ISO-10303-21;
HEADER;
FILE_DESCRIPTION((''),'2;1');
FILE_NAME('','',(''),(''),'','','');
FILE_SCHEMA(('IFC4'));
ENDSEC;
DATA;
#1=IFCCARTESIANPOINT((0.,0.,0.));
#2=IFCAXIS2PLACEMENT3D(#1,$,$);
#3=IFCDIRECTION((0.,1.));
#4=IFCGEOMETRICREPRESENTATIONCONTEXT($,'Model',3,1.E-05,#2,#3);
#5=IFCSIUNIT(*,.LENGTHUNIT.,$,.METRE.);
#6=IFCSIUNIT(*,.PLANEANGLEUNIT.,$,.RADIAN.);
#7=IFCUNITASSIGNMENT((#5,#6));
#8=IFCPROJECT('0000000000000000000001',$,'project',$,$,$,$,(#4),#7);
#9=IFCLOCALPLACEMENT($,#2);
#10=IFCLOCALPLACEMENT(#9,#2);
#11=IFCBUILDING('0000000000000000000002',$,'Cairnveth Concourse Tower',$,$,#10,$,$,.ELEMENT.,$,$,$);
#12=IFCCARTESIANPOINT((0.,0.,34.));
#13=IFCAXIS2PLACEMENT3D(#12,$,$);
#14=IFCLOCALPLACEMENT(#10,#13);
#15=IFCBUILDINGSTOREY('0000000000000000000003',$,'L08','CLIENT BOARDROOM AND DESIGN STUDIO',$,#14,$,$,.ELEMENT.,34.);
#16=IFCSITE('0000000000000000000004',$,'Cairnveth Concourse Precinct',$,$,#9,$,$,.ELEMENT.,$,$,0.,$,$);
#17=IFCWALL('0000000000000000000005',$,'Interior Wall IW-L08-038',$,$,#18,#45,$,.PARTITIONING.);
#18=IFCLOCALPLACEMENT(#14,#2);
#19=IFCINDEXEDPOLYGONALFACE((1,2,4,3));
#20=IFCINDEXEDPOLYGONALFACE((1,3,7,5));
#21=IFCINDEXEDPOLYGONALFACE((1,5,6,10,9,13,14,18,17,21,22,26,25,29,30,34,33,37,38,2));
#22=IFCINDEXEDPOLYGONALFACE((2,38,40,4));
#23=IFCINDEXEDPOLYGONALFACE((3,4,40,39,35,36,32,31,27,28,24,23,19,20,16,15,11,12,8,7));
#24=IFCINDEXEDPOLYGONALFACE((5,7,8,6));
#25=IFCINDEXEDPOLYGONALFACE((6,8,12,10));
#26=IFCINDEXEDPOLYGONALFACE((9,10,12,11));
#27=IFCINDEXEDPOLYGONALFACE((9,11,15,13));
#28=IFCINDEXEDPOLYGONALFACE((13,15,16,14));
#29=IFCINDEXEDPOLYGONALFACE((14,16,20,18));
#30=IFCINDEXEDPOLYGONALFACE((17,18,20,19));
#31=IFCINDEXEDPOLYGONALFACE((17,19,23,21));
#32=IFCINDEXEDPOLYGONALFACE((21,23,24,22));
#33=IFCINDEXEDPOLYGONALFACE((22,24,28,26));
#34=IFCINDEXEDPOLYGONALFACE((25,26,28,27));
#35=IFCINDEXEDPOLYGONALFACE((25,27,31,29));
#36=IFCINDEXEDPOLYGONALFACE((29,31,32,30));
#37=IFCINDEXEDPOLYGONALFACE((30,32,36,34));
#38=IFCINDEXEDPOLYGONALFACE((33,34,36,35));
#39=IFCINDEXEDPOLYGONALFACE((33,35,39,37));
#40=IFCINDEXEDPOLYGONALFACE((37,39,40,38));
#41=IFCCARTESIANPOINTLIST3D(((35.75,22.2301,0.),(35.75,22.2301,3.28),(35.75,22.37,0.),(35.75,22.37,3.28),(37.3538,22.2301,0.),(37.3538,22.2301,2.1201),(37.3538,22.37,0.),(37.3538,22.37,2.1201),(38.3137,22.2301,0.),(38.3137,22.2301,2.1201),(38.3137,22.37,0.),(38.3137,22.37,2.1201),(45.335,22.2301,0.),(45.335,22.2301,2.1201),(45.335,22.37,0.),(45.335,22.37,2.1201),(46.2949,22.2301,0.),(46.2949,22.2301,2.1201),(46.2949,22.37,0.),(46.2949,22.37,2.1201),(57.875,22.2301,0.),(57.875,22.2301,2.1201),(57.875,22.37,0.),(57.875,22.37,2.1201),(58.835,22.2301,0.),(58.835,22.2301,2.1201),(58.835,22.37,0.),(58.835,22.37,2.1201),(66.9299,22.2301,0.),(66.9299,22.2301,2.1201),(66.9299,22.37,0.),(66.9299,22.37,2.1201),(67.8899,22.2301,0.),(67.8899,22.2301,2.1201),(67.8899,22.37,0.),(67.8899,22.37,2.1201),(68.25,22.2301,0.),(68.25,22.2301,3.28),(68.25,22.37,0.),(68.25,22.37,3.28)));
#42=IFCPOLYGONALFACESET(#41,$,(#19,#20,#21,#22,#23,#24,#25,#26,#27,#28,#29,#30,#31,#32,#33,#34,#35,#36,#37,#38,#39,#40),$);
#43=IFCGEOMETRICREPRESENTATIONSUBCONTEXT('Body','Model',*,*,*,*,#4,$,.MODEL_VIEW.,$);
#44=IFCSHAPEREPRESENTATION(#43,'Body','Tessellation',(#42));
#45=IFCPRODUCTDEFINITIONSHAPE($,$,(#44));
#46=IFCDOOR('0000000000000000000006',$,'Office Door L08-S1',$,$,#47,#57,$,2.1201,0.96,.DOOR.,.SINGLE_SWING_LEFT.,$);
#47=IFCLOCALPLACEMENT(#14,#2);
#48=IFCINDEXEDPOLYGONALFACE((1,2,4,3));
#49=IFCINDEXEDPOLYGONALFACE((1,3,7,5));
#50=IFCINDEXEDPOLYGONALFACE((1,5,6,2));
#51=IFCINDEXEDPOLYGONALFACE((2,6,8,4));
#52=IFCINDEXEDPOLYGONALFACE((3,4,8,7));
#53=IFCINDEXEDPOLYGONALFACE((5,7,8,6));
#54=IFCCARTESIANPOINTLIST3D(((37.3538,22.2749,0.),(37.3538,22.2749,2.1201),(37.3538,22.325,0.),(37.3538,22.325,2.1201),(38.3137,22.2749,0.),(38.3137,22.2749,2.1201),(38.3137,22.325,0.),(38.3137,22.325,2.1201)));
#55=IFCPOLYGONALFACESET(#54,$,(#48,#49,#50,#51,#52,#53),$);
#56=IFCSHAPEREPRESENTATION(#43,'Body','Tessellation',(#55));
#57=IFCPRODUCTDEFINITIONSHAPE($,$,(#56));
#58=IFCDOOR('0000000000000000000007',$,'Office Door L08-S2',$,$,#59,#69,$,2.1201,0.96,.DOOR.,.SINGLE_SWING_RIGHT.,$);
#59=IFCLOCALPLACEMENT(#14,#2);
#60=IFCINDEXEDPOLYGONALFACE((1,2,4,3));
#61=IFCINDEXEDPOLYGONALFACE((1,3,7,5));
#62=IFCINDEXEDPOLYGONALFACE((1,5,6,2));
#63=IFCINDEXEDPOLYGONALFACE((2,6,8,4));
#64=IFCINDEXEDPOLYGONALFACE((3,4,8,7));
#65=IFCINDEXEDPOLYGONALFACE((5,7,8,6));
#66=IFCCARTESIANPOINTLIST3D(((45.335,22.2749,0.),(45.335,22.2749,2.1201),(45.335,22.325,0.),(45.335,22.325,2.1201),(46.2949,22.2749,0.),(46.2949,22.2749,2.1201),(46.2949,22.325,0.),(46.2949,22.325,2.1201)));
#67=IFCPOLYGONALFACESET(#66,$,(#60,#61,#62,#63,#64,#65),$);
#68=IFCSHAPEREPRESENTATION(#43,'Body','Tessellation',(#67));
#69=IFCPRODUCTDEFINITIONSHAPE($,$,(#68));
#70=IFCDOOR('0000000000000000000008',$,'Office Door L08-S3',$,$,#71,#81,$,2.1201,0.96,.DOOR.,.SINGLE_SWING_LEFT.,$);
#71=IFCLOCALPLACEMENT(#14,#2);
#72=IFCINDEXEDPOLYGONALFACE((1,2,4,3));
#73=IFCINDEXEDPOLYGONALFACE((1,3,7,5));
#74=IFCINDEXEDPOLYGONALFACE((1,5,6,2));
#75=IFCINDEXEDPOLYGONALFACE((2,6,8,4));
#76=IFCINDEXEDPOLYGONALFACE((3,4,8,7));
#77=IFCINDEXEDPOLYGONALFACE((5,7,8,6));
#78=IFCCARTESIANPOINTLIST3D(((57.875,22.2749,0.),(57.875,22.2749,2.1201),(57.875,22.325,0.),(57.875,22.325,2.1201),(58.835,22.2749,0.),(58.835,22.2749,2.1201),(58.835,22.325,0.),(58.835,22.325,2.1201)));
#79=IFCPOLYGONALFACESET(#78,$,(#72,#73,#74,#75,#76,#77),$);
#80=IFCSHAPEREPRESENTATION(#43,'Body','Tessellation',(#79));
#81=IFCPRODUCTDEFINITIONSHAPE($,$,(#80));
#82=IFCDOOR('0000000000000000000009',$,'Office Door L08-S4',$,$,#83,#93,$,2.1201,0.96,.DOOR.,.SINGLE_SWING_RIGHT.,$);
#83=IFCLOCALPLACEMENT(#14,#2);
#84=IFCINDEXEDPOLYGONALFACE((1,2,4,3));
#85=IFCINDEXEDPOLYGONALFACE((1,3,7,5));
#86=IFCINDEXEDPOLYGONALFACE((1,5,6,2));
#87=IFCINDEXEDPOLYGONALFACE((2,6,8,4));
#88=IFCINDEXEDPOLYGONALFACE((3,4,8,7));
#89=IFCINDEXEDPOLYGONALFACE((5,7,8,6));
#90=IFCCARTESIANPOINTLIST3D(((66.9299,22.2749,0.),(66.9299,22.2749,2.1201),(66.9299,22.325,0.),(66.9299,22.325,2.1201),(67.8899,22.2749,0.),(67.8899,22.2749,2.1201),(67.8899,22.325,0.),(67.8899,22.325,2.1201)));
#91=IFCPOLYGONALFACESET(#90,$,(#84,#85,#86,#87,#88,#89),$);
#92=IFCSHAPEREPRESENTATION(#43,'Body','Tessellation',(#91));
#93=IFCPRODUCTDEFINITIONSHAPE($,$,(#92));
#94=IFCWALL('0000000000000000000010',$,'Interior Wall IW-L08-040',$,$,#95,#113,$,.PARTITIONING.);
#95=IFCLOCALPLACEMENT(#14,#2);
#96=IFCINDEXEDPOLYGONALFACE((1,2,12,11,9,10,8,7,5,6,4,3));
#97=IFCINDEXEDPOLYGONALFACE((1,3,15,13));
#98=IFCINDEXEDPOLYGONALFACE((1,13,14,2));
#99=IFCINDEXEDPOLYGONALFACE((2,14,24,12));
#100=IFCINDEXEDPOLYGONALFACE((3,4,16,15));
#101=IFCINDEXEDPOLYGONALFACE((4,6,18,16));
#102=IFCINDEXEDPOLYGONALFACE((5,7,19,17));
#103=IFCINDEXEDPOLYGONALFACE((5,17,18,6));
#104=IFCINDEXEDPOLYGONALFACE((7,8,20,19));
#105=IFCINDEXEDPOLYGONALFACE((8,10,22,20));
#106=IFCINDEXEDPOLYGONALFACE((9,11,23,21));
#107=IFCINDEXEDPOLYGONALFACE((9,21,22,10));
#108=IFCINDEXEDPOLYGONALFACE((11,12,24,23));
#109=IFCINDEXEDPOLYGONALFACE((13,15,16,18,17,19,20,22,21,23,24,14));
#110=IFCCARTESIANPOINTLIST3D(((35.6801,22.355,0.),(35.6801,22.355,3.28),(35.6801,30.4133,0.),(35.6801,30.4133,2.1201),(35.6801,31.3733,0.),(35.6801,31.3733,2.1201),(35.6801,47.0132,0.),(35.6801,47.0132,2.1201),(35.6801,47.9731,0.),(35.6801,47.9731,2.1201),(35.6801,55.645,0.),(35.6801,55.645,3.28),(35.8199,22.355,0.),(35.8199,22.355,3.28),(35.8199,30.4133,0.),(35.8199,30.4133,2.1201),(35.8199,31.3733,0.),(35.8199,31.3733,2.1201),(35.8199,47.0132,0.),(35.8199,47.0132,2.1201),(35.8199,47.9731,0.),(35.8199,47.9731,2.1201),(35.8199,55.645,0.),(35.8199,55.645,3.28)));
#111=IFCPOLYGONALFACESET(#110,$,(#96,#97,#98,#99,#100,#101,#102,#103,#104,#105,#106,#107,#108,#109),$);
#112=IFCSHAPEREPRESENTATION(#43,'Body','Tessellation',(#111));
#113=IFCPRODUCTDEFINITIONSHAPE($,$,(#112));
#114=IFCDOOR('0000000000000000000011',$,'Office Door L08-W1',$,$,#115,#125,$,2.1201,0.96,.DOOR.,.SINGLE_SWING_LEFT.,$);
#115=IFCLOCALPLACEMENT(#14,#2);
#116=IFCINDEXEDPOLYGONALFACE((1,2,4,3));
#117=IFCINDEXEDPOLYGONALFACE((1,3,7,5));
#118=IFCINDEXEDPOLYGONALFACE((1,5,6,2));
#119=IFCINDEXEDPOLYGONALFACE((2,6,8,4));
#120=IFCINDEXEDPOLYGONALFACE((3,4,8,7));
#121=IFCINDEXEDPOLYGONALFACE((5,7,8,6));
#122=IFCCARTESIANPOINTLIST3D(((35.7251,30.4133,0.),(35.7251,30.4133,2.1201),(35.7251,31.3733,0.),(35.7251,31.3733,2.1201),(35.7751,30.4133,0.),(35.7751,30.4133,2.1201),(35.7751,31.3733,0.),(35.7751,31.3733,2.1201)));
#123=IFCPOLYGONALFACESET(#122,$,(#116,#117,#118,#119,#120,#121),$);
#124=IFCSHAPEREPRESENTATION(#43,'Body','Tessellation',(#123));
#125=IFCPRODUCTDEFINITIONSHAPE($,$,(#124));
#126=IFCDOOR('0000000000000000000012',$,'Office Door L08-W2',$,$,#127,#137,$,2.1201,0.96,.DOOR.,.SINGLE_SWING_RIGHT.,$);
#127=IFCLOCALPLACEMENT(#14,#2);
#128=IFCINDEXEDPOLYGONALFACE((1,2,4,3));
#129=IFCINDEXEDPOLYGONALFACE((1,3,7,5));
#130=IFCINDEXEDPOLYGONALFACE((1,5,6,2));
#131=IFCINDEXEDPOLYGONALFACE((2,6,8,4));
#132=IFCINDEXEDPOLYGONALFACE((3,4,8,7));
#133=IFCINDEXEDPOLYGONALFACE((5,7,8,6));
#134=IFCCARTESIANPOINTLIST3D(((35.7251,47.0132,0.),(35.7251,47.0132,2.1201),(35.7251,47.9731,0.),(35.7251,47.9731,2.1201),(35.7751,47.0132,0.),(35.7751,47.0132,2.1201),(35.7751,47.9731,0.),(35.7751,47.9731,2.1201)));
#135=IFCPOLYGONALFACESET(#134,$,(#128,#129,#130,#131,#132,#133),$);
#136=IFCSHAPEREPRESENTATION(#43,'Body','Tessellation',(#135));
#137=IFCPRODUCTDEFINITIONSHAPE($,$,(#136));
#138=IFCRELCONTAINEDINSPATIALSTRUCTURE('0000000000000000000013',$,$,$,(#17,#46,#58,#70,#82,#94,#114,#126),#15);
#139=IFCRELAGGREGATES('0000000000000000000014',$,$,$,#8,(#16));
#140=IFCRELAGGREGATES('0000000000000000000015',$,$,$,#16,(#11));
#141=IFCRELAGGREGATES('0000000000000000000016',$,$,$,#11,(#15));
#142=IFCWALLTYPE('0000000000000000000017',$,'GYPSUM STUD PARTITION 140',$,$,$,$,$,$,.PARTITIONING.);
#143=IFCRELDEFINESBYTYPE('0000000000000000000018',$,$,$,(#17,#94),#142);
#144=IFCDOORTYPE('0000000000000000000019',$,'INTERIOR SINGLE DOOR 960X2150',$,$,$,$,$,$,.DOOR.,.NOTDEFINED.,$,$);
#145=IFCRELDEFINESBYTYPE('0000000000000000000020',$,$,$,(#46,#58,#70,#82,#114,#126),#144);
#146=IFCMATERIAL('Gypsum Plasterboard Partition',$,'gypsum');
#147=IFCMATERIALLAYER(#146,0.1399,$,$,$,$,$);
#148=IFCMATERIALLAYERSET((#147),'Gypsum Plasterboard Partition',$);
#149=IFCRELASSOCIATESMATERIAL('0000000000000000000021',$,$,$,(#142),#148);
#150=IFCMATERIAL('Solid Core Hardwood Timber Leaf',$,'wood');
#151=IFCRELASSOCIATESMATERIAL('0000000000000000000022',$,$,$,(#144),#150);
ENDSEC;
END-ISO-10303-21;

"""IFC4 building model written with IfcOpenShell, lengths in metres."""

from ifc_helpers import new_model, si_unit, direction, frame, frame_2d, origin, place, context, subcontext, project, spatial, rectangle, extrude, material, layer, layer_set, type_object, element, fill, save


model = new_model("IFC4")

# Units and contexts
model_context = context("Model", 3, precision=1e-05, world=origin(), true_north=direction((0.0, 1.0)))
body_context = subcontext(model_context, "Body", "Model", "MODEL_VIEW")
ifc_project = project(units=[si_unit("LENGTHUNIT", "METRE"), si_unit("PLANEANGLEUNIT", "RADIAN")], contexts=[model_context])

# Site, building, storey
site_placement = place(None, origin())
site = spatial("IfcSite", under=ifc_project, at=site_placement, Name="Cairnveth Concourse Precinct", CompositionType="ELEMENT", RefElevation=0.0)
building_placement = place(site_placement, origin())
building = spatial("IfcBuilding", under=site, at=building_placement, Name="Cairnveth Concourse Tower", CompositionType="ELEMENT")
storey_placement = place(building_placement, frame((0.0, 0.0, 34.0)))
storey = spatial("IfcBuildingStorey", under=building, at=storey_placement, Name="L08", Description="CLIENT BOARDROOM AND DESIGN STUDIO", CompositionType="ELEMENT", Elevation=34.0)

# Walls, openings, doors
ifc_material_1 = material(Name="Gypsum Plasterboard Partition", Category="gypsum")
ifc_layer_1 = layer(ifc_material_1, 0.1399)
ifc_layer_set_1 = layer_set([ifc_layer_1], Name="Gypsum Plasterboard Partition")
wall_type = type_object("IfcWallType", Name="GYPSUM STUD PARTITION 140", PredefinedType="PARTITIONING", material=ifc_layer_set_1)
wall_1_placement = place(storey_placement, frame((35.75, 22.3, 0.0), z_axis=(0.0, 0.0, 1.0), x_axis=(1.0, 0.0, 0.0)))
wall_1 = element("IfcWall", 1, at=wall_1_placement, inside=storey, type_object=wall_type, Name="Interior Wall IW-L08-038", PredefinedType="PARTITIONING", context=body_context, shape_type="SweptSolid", body=[
    extrude(rectangle(XDim=32.5, YDim=0.1399, at=frame_2d((16.25, 0.0))), origin(), (0.0, 0.0, 1.0), 3.28),
])
opening_1_placement = place(wall_1_placement, frame((1.6038, 0.0, 0.0)))
opening_1 = element("IfcOpeningElement", 2, at=opening_1_placement, cuts=wall_1, PredefinedType="OPENING", context=body_context, shape_type="SweptSolid", body=[
    extrude(rectangle(XDim=0.96, YDim=2.1201, at=frame_2d((0.48, 1.0601))), frame((0.0, 0.0798, 0.0), z_axis=(0.0, -1.0, 0.0), x_axis=(1.0, 0.0, 0.0)), (0.0, 0.0, 1.0), 0.1599),
])
opening_2_placement = place(wall_1_placement, frame((9.585, 0.0, 0.0)))
opening_2 = element("IfcOpeningElement", 3, at=opening_2_placement, cuts=wall_1, PredefinedType="OPENING", context=body_context, shape_type="SweptSolid", body=[
    extrude(rectangle(XDim=0.96, YDim=2.1201, at=frame_2d((0.48, 1.0601))), frame((0.0, 0.0798, 0.0), z_axis=(0.0, -1.0, 0.0), x_axis=(1.0, 0.0, 0.0)), (0.0, 0.0, 1.0), 0.1599),
])
opening_3_placement = place(wall_1_placement, frame((22.125, 0.0, 0.0)))
opening_3 = element("IfcOpeningElement", 4, at=opening_3_placement, cuts=wall_1, PredefinedType="OPENING", context=body_context, shape_type="SweptSolid", body=[
    extrude(rectangle(XDim=0.96, YDim=2.1201, at=frame_2d((0.48, 1.0601))), frame((0.0, 0.0798, 0.0), z_axis=(0.0, -1.0, 0.0), x_axis=(1.0, 0.0, 0.0)), (0.0, 0.0, 1.0), 0.1599),
])
opening_4_placement = place(wall_1_placement, frame((31.1799, 0.0, 0.0)))
opening_4 = element("IfcOpeningElement", 5, at=opening_4_placement, cuts=wall_1, PredefinedType="OPENING", context=body_context, shape_type="SweptSolid", body=[
    extrude(rectangle(XDim=0.96, YDim=2.1201, at=frame_2d((0.48, 1.0601))), frame((0.0, 0.0798, 0.0), z_axis=(0.0, -1.0, 0.0), x_axis=(1.0, 0.0, 0.0)), (0.0, 0.0, 1.0), 0.1599),
])
ifc_material_2 = material(Name="Solid Core Hardwood Timber Leaf", Category="wood")
door_type_1 = type_object("IfcDoorType", Name="INTERIOR SINGLE DOOR 960X2150", OperationType="NOTDEFINED", PredefinedType="DOOR", material=ifc_material_2)
door_1_placement = place(opening_1_placement, origin())
door_1 = element("IfcDoor", 6, at=door_1_placement, inside=storey, type_object=door_type_1, Name="Office Door L08-S1", OperationType="SINGLE_SWING_LEFT", OverallHeight=2.1201, OverallWidth=0.96, PredefinedType="DOOR", context=body_context, shape_type="SweptSolid", body=[
    extrude(rectangle(XDim=0.96, YDim=2.1201, at=frame_2d((0.48, 1.0601))), frame((0.0, 0.0249, 0.0), z_axis=(0.0, -1.0, 0.0), x_axis=(1.0, 0.0, 0.0)), (0.0, 0.0, 1.0), 0.05),
])
fill(opening_1, door_1)
door_2_placement = place(opening_2_placement, origin())
door_2 = element("IfcDoor", 7, at=door_2_placement, inside=storey, type_object=door_type_1, Name="Office Door L08-S2", OperationType="SINGLE_SWING_RIGHT", OverallHeight=2.1201, OverallWidth=0.96, PredefinedType="DOOR", context=body_context, shape_type="SweptSolid", body=[
    extrude(rectangle(XDim=0.96, YDim=2.1201, at=frame_2d((0.48, 1.0601))), frame((0.0, 0.0249, 0.0), z_axis=(0.0, -1.0, 0.0), x_axis=(1.0, 0.0, 0.0)), (0.0, 0.0, 1.0), 0.05),
])
fill(opening_2, door_2)
door_3_placement = place(opening_3_placement, origin())
door_3 = element("IfcDoor", 8, at=door_3_placement, inside=storey, type_object=door_type_1, Name="Office Door L08-S3", OperationType="SINGLE_SWING_LEFT", OverallHeight=2.1201, OverallWidth=0.96, PredefinedType="DOOR", context=body_context, shape_type="SweptSolid", body=[
    extrude(rectangle(XDim=0.96, YDim=2.1201, at=frame_2d((0.48, 1.0601))), frame((0.0, 0.0249, 0.0), z_axis=(0.0, -1.0, 0.0), x_axis=(1.0, 0.0, 0.0)), (0.0, 0.0, 1.0), 0.05),
])
fill(opening_3, door_3)
door_4_placement = place(opening_4_placement, origin())
door_4 = element("IfcDoor", 9, at=door_4_placement, inside=storey, type_object=door_type_1, Name="Office Door L08-S4", OperationType="SINGLE_SWING_RIGHT", OverallHeight=2.1201, OverallWidth=0.96, PredefinedType="DOOR", context=body_context, shape_type="SweptSolid", body=[
    extrude(rectangle(XDim=0.96, YDim=2.1201, at=frame_2d((0.48, 1.0601))), frame((0.0, 0.0249, 0.0), z_axis=(0.0, -1.0, 0.0), x_axis=(1.0, 0.0, 0.0)), (0.0, 0.0, 1.0), 0.05),
])
fill(opening_4, door_4)
wall_2_placement = place(storey_placement, frame((35.75, 22.355, 0.0), z_axis=(0.0, 0.0, 1.0), x_axis=(0.0, 1.0, 0.0)))
wall_2 = element("IfcWall", 10, at=wall_2_placement, inside=storey, type_object=wall_type, Name="Interior Wall IW-L08-040", PredefinedType="PARTITIONING", context=body_context, shape_type="SweptSolid", body=[
    extrude(rectangle(XDim=33.29, YDim=0.1399, at=frame_2d((16.645, 0.0))), origin(), (0.0, 0.0, 1.0), 3.28),
])
opening_5_placement = place(wall_2_placement, frame((8.0583, 0.0, 0.0)))
opening_5 = element("IfcOpeningElement", 11, at=opening_5_placement, cuts=wall_2, PredefinedType="OPENING", context=body_context, shape_type="SweptSolid", body=[
    extrude(rectangle(XDim=0.96, YDim=2.1201, at=frame_2d((0.48, 1.0601))), frame((0.0, 0.0798, 0.0), z_axis=(0.0, -1.0, 0.0), x_axis=(1.0, 0.0, 0.0)), (0.0, 0.0, 1.0), 0.1599),
])
opening_6_placement = place(wall_2_placement, frame((24.6582, 0.0, 0.0)))
opening_6 = element("IfcOpeningElement", 12, at=opening_6_placement, cuts=wall_2, PredefinedType="OPENING", context=body_context, shape_type="SweptSolid", body=[
    extrude(rectangle(XDim=0.96, YDim=2.1201, at=frame_2d((0.48, 1.0601))), frame((0.0, 0.0798, 0.0), z_axis=(0.0, -1.0, 0.0), x_axis=(1.0, 0.0, 0.0)), (0.0, 0.0, 1.0), 0.1599),
])
door_5_placement = place(opening_5_placement, origin())
door_5 = element("IfcDoor", 13, at=door_5_placement, inside=storey, type_object=door_type_1, Name="Office Door L08-W1", OperationType="SINGLE_SWING_LEFT", OverallHeight=2.1201, OverallWidth=0.96, PredefinedType="DOOR", context=body_context, shape_type="SweptSolid", body=[
    extrude(rectangle(XDim=0.96, YDim=2.1201, at=frame_2d((0.48, 1.0601))), frame((0.0, 0.0249, 0.0), z_axis=(0.0, -1.0, 0.0), x_axis=(1.0, 0.0, 0.0)), (0.0, 0.0, 1.0), 0.05),
])
fill(opening_5, door_5)
door_6_placement = place(opening_6_placement, origin())
door_6 = element("IfcDoor", 14, at=door_6_placement, inside=storey, type_object=door_type_1, Name="Office Door L08-W2", OperationType="SINGLE_SWING_RIGHT", OverallHeight=2.1201, OverallWidth=0.96, PredefinedType="DOOR", context=body_context, shape_type="SweptSolid", body=[
    extrude(rectangle(XDim=0.96, YDim=2.1201, at=frame_2d((0.48, 1.0601))), frame((0.0, 0.0249, 0.0), z_axis=(0.0, -1.0, 0.0), x_axis=(1.0, 0.0, 0.0)), (0.0, 0.0, 1.0), 0.05),
])
fill(opening_6, door_6)

save(model, "model.ifc")
